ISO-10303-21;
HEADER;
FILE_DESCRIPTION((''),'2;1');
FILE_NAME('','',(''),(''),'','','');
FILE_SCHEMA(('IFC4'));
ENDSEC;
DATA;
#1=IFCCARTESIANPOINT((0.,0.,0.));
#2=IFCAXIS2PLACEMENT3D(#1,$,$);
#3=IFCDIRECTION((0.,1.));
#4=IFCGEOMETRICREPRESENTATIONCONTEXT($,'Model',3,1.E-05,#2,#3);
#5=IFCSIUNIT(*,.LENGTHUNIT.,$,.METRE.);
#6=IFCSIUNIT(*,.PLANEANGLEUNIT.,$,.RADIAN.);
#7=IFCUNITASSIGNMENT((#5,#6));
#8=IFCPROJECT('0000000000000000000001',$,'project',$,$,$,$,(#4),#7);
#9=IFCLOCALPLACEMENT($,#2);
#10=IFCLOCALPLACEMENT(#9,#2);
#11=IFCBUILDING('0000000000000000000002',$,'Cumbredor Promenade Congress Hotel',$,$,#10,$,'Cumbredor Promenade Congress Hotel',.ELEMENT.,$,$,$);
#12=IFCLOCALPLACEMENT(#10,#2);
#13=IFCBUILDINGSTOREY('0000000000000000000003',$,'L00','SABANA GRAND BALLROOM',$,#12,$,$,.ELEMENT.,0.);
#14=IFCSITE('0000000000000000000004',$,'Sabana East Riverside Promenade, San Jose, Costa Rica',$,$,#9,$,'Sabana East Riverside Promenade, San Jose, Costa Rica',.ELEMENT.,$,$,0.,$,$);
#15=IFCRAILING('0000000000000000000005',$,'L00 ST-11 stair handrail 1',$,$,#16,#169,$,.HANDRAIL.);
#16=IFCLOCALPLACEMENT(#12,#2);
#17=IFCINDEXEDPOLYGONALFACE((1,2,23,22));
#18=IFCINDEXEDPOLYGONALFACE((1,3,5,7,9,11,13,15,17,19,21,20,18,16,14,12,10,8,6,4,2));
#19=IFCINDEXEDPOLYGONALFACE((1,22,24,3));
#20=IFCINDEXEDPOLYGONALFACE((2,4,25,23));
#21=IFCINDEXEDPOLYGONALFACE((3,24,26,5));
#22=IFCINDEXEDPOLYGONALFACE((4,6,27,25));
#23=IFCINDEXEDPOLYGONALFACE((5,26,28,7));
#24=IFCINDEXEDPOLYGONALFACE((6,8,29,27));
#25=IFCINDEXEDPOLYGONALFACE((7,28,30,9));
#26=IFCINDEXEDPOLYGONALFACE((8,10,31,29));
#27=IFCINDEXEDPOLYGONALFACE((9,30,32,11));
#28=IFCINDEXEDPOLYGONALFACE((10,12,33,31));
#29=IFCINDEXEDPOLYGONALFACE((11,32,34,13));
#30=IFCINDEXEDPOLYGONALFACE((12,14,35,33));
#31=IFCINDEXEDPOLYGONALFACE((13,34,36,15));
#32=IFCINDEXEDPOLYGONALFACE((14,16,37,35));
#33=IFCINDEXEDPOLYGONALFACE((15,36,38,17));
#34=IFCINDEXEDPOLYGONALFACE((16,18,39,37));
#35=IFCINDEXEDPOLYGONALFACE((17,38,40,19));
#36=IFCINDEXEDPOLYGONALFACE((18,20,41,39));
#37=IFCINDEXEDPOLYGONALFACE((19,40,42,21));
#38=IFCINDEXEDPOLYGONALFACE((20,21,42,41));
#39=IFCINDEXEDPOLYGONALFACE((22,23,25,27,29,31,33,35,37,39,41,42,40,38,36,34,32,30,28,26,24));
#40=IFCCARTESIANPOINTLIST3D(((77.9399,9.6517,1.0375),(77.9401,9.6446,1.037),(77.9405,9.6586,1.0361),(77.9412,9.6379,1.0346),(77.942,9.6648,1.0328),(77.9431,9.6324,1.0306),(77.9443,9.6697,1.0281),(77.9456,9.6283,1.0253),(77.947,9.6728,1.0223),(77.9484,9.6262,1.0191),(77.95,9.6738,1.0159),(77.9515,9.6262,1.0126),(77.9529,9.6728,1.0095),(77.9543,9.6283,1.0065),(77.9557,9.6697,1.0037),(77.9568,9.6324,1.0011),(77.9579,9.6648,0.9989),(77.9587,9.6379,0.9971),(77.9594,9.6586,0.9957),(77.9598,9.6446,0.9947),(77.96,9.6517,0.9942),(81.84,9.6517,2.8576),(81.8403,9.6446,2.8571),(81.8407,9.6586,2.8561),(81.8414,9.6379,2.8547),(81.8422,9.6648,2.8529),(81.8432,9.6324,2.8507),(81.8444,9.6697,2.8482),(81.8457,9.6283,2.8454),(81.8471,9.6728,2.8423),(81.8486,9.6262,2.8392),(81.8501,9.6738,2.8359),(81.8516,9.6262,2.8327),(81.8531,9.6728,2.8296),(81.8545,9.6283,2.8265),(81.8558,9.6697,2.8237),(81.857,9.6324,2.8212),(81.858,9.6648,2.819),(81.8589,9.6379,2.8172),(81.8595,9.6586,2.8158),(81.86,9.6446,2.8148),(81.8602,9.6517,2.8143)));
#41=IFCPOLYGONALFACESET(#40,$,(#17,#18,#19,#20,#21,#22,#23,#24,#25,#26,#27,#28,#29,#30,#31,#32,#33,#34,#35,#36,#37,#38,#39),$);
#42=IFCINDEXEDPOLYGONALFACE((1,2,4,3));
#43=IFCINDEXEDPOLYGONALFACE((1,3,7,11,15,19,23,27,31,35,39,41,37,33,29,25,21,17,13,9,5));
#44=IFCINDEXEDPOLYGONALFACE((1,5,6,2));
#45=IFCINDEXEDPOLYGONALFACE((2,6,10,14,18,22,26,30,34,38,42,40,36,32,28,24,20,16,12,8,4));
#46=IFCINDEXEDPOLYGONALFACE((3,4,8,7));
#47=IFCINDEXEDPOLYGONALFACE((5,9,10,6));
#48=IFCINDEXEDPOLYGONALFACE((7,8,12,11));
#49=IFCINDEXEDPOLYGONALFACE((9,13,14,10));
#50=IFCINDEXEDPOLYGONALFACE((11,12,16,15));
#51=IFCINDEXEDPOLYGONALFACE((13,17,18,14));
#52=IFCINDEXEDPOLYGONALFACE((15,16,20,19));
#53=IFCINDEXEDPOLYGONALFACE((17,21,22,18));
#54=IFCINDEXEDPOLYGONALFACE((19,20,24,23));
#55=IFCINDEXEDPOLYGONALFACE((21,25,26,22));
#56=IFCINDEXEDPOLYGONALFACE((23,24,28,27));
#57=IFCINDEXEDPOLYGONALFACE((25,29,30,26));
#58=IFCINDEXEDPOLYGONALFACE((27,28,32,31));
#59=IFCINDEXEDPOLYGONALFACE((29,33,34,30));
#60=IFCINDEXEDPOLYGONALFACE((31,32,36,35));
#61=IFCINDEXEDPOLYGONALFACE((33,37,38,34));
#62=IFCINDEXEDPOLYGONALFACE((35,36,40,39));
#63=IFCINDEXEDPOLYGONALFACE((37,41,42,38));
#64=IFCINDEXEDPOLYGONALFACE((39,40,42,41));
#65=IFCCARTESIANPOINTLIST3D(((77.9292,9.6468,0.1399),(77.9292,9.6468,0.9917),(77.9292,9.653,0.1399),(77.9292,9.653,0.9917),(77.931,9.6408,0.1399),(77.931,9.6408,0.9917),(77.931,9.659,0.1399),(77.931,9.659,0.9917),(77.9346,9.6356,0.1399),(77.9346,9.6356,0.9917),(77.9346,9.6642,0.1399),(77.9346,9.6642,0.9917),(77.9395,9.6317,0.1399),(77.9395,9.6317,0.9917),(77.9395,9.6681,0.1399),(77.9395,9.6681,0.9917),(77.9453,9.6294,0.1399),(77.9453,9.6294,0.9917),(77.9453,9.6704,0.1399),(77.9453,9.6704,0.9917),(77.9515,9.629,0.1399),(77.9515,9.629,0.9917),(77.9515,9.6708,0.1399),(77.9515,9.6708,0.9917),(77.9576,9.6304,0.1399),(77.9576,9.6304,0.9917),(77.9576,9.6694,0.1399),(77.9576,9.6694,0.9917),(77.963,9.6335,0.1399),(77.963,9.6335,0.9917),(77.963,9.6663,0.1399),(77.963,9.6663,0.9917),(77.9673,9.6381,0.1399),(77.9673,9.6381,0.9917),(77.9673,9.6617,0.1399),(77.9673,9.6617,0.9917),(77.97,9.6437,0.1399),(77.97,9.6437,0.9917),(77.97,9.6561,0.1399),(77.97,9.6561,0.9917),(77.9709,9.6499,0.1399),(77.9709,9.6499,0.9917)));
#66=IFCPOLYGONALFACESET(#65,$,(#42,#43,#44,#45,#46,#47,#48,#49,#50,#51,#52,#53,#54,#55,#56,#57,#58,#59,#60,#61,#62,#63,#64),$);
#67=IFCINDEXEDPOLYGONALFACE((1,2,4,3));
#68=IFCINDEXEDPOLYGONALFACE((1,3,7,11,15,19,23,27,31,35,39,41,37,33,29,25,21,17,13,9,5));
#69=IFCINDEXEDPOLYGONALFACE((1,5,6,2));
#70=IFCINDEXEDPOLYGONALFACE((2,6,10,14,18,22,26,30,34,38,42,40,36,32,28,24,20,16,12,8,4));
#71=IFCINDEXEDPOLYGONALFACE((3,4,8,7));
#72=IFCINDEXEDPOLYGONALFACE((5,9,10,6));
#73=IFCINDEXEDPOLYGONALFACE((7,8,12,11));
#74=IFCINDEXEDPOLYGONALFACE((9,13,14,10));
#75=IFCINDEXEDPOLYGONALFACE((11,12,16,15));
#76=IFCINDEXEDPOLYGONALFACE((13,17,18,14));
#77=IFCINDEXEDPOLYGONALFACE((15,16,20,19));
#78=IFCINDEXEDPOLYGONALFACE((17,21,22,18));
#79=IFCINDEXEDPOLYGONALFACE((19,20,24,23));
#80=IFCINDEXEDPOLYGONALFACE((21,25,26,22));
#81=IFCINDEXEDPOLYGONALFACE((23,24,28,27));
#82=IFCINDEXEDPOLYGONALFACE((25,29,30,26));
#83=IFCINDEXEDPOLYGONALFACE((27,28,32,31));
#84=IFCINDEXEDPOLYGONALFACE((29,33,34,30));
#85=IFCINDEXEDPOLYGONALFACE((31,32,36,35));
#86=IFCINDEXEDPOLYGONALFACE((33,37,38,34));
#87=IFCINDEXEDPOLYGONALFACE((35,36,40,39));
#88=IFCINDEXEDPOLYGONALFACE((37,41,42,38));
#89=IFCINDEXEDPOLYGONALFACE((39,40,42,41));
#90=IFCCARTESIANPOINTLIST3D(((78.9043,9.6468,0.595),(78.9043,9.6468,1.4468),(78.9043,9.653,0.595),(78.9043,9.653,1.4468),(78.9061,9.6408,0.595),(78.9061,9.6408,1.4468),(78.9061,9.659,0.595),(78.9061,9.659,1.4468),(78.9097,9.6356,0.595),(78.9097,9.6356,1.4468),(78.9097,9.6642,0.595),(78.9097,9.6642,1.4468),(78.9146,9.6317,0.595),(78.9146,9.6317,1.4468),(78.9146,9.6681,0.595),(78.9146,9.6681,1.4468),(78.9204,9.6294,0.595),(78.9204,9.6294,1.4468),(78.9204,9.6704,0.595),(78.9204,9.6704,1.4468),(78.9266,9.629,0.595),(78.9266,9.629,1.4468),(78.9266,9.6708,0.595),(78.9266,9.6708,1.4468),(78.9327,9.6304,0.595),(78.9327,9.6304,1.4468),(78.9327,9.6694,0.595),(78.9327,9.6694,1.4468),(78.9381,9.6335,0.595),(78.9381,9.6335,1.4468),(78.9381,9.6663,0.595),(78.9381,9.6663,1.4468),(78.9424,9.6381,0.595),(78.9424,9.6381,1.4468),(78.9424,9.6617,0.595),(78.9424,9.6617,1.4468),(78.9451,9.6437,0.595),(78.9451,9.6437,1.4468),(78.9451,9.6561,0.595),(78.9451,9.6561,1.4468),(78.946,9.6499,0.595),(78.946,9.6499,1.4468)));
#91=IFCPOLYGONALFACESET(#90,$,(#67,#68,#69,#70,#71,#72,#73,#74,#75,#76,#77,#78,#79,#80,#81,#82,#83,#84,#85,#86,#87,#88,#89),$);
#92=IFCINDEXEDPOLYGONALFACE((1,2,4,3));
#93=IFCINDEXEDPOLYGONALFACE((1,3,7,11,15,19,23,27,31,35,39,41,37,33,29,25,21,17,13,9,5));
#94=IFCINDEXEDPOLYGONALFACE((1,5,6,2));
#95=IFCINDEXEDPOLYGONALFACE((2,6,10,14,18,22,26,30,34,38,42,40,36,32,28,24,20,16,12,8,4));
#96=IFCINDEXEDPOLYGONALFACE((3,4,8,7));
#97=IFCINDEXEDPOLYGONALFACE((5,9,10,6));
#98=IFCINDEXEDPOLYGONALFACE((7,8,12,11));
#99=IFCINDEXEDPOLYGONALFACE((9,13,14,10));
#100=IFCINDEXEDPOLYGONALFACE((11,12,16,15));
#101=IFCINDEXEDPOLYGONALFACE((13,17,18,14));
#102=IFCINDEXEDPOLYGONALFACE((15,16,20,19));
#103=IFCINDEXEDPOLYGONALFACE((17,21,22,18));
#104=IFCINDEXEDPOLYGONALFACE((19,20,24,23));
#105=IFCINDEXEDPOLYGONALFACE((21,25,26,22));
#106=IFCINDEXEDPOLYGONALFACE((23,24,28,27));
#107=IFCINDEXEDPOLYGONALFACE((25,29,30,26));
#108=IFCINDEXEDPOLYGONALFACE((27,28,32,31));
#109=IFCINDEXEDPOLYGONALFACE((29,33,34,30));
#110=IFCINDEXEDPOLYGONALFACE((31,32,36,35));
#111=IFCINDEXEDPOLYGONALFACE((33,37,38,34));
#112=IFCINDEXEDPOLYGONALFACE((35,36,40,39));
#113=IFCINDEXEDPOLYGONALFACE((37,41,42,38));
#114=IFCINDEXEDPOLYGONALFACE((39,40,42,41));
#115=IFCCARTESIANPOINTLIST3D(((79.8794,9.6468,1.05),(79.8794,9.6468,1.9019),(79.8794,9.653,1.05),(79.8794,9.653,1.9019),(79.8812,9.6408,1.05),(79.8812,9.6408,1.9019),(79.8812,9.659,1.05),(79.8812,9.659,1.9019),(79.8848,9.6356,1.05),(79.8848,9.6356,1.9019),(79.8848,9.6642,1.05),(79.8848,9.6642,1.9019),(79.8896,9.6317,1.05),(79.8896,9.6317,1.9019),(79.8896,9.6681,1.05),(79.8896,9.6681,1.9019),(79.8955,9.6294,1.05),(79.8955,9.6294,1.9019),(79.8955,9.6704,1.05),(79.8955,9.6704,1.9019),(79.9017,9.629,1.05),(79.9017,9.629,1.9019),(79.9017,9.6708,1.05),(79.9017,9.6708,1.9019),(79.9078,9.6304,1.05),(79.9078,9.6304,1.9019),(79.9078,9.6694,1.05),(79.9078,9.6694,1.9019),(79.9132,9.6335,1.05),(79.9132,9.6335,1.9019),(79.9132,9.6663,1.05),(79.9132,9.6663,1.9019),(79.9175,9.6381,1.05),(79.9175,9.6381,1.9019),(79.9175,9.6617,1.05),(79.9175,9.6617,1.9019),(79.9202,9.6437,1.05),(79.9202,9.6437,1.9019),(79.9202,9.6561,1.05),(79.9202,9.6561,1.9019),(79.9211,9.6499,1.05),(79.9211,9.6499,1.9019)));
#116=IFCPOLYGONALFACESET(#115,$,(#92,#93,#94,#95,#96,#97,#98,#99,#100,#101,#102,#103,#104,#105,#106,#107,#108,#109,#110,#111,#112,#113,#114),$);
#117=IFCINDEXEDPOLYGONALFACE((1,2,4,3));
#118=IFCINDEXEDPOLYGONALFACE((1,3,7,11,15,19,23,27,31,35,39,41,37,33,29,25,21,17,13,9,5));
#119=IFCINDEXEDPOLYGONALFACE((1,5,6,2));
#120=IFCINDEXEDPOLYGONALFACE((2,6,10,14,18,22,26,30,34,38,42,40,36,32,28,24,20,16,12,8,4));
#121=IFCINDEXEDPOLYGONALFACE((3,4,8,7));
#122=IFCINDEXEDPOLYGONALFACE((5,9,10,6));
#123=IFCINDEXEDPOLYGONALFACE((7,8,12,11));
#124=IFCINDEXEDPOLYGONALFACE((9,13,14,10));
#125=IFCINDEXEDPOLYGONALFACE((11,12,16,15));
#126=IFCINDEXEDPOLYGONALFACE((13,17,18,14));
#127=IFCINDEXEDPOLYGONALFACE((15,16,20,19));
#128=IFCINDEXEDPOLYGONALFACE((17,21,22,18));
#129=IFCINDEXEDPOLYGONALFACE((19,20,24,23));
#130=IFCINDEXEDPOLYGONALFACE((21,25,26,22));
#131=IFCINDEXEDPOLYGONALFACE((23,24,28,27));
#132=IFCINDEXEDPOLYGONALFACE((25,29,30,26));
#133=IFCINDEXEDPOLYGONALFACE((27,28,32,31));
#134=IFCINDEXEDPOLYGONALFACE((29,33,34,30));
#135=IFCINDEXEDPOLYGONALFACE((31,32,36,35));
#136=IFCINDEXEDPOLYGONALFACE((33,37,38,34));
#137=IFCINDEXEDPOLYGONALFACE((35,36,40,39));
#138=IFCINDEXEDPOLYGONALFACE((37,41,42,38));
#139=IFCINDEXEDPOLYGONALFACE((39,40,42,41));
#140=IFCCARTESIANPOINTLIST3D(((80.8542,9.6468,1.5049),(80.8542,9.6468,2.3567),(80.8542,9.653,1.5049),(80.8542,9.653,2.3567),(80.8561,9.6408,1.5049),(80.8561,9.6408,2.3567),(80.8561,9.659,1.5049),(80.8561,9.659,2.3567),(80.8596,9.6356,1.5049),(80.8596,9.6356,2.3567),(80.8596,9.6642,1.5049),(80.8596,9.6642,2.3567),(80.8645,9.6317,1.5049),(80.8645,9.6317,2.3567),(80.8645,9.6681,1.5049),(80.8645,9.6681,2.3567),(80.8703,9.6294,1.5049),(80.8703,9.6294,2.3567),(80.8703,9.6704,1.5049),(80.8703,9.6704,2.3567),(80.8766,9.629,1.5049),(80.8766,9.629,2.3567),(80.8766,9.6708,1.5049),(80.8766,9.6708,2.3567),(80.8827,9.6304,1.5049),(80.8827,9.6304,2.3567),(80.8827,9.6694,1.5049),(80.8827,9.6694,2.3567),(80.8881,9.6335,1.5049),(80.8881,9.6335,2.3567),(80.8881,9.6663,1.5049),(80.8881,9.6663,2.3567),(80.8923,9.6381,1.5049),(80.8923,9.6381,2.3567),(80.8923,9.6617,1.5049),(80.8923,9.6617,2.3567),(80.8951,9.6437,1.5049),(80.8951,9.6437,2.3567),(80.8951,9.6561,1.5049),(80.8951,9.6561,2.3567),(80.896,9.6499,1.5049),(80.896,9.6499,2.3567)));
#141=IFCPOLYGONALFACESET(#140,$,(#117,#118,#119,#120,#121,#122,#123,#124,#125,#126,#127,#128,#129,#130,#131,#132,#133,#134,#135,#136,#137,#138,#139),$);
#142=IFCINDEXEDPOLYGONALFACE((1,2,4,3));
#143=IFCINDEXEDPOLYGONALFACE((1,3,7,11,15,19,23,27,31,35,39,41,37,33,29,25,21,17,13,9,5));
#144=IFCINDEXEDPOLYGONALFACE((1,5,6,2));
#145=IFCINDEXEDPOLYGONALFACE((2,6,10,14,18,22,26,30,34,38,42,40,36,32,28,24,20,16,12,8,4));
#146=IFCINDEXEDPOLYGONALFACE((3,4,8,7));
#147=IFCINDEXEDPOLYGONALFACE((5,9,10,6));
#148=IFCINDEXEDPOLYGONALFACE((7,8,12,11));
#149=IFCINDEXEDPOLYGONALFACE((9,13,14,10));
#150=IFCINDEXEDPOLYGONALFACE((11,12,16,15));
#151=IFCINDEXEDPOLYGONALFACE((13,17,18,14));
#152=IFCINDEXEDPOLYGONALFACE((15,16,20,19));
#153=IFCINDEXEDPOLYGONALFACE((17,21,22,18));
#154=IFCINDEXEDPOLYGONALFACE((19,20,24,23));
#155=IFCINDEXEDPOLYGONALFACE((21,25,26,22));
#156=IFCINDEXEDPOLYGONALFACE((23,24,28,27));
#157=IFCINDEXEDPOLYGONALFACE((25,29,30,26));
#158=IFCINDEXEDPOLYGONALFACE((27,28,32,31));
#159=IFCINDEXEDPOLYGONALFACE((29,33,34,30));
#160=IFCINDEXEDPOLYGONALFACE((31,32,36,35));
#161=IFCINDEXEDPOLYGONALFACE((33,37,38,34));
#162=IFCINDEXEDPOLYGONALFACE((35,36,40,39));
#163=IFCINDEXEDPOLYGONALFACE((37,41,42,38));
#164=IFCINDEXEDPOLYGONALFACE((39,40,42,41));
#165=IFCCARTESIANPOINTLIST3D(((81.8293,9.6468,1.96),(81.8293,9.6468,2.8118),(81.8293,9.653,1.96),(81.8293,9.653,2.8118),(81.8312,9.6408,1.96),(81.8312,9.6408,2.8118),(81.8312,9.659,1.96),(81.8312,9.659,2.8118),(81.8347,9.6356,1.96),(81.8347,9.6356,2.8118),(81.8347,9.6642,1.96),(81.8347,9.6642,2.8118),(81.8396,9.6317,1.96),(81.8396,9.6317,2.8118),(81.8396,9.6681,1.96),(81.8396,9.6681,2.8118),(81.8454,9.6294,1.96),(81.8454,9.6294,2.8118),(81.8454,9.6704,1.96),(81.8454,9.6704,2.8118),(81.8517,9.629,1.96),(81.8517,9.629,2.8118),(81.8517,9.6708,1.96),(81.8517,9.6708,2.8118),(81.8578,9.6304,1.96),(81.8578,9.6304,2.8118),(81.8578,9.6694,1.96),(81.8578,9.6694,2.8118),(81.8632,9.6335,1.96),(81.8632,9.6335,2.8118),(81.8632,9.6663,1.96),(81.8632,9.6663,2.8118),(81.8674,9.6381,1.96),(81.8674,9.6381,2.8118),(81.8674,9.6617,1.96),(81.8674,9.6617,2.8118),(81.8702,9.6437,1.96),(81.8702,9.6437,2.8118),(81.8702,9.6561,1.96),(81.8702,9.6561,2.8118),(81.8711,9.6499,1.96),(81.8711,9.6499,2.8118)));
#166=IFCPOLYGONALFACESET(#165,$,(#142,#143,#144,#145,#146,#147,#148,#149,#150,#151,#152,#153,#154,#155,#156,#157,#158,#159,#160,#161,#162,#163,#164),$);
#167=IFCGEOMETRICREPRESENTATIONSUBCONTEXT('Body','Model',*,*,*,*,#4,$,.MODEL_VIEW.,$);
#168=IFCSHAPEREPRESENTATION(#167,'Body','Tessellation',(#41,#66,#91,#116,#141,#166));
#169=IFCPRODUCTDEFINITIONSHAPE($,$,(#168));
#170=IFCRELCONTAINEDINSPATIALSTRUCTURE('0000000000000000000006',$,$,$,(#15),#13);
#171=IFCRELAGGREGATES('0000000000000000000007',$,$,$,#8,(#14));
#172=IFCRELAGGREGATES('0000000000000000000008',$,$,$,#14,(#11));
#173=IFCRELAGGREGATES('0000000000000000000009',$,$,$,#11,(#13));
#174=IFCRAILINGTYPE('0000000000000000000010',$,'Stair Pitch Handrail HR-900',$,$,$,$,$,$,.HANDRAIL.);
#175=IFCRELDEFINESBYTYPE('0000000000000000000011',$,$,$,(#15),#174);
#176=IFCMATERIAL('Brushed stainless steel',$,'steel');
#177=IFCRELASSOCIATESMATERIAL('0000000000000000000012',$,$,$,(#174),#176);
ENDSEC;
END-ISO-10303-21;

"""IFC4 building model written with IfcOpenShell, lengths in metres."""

from ifc_helpers import new_model, si_unit, direction, frame, origin, origin_2d, place, context, subcontext, project, spatial, circle, extrude, material, type_object, element, save


model = new_model("IFC4")

# Units and contexts
model_context = context("Model", 3, precision=1e-05, world=origin(), true_north=direction((0.0, 1.0)))
body_context = subcontext(model_context, "Body", "Model", "MODEL_VIEW")
ifc_project = project(units=[si_unit("LENGTHUNIT", "METRE"), si_unit("PLANEANGLEUNIT", "RADIAN")], contexts=[model_context])

# Site, building, storey
site_placement = place(None, origin())
site = spatial("IfcSite", under=ifc_project, at=site_placement, Name="Sabana East Riverside Promenade, San Jose, Costa Rica", LongName="Sabana East Riverside Promenade, San Jose, Costa Rica", CompositionType="ELEMENT", RefElevation=0.0)
building_placement = place(site_placement, origin())
building = spatial("IfcBuilding", under=site, at=building_placement, Name="Cumbredor Promenade Congress Hotel", LongName="Cumbredor Promenade Congress Hotel", CompositionType="ELEMENT")
storey_placement = place(building_placement, origin())
storey = spatial("IfcBuildingStorey", under=building, at=storey_placement, Name="L00", Description="SABANA GRAND BALLROOM", CompositionType="ELEMENT", Elevation=0.0)

# Shared definitions
ifc_material_1 = material(Name="Brushed stainless steel", Category="steel")

# Railing
railing_type_1 = type_object("IfcRailingType", Name="Stair Pitch Handrail HR-900", PredefinedType="HANDRAIL", material=ifc_material_1)
railing_1_placement = place(storey_placement, frame((77.95, 9.6499, 0.1399)))
element("IfcRailing", 1, at=railing_1_placement, inside=storey, type_object=railing_type_1, Name="L00 ST-11 stair handrail 1", PredefinedType="HANDRAIL", context=body_context, shape_type="SweptSolid", body=[
    extrude(circle(Radius=0.0239, at=origin_2d()), frame((0.0, 0.0, 0.876), z_axis=(0.906183, 0.0, 0.422885), x_axis=(0.0, 1.0, 0.0)), (0.0, 0.0, 1.0), 4.304),
    extrude(circle(Radius=0.021, at=origin_2d()), origin(), (0.0, 0.0, 1.0), 0.8518),
    extrude(circle(Radius=0.021, at=origin_2d()), frame((0.9751, 0.0, 0.4551)), (0.0, 0.0, 1.0), 0.8518),
    extrude(circle(Radius=0.021, at=origin_2d()), frame((1.9502, 0.0, 0.9102)), (0.0, 0.0, 1.0), 0.8518),
    extrude(circle(Radius=0.021, at=origin_2d()), frame((2.925, 0.0, 1.365)), (0.0, 0.0, 1.0), 0.8518),
    extrude(circle(Radius=0.021, at=origin_2d()), frame((3.9001, 0.0, 1.8201)), (0.0, 0.0, 1.0), 0.8518),
])

save(model, "model.ifc")
